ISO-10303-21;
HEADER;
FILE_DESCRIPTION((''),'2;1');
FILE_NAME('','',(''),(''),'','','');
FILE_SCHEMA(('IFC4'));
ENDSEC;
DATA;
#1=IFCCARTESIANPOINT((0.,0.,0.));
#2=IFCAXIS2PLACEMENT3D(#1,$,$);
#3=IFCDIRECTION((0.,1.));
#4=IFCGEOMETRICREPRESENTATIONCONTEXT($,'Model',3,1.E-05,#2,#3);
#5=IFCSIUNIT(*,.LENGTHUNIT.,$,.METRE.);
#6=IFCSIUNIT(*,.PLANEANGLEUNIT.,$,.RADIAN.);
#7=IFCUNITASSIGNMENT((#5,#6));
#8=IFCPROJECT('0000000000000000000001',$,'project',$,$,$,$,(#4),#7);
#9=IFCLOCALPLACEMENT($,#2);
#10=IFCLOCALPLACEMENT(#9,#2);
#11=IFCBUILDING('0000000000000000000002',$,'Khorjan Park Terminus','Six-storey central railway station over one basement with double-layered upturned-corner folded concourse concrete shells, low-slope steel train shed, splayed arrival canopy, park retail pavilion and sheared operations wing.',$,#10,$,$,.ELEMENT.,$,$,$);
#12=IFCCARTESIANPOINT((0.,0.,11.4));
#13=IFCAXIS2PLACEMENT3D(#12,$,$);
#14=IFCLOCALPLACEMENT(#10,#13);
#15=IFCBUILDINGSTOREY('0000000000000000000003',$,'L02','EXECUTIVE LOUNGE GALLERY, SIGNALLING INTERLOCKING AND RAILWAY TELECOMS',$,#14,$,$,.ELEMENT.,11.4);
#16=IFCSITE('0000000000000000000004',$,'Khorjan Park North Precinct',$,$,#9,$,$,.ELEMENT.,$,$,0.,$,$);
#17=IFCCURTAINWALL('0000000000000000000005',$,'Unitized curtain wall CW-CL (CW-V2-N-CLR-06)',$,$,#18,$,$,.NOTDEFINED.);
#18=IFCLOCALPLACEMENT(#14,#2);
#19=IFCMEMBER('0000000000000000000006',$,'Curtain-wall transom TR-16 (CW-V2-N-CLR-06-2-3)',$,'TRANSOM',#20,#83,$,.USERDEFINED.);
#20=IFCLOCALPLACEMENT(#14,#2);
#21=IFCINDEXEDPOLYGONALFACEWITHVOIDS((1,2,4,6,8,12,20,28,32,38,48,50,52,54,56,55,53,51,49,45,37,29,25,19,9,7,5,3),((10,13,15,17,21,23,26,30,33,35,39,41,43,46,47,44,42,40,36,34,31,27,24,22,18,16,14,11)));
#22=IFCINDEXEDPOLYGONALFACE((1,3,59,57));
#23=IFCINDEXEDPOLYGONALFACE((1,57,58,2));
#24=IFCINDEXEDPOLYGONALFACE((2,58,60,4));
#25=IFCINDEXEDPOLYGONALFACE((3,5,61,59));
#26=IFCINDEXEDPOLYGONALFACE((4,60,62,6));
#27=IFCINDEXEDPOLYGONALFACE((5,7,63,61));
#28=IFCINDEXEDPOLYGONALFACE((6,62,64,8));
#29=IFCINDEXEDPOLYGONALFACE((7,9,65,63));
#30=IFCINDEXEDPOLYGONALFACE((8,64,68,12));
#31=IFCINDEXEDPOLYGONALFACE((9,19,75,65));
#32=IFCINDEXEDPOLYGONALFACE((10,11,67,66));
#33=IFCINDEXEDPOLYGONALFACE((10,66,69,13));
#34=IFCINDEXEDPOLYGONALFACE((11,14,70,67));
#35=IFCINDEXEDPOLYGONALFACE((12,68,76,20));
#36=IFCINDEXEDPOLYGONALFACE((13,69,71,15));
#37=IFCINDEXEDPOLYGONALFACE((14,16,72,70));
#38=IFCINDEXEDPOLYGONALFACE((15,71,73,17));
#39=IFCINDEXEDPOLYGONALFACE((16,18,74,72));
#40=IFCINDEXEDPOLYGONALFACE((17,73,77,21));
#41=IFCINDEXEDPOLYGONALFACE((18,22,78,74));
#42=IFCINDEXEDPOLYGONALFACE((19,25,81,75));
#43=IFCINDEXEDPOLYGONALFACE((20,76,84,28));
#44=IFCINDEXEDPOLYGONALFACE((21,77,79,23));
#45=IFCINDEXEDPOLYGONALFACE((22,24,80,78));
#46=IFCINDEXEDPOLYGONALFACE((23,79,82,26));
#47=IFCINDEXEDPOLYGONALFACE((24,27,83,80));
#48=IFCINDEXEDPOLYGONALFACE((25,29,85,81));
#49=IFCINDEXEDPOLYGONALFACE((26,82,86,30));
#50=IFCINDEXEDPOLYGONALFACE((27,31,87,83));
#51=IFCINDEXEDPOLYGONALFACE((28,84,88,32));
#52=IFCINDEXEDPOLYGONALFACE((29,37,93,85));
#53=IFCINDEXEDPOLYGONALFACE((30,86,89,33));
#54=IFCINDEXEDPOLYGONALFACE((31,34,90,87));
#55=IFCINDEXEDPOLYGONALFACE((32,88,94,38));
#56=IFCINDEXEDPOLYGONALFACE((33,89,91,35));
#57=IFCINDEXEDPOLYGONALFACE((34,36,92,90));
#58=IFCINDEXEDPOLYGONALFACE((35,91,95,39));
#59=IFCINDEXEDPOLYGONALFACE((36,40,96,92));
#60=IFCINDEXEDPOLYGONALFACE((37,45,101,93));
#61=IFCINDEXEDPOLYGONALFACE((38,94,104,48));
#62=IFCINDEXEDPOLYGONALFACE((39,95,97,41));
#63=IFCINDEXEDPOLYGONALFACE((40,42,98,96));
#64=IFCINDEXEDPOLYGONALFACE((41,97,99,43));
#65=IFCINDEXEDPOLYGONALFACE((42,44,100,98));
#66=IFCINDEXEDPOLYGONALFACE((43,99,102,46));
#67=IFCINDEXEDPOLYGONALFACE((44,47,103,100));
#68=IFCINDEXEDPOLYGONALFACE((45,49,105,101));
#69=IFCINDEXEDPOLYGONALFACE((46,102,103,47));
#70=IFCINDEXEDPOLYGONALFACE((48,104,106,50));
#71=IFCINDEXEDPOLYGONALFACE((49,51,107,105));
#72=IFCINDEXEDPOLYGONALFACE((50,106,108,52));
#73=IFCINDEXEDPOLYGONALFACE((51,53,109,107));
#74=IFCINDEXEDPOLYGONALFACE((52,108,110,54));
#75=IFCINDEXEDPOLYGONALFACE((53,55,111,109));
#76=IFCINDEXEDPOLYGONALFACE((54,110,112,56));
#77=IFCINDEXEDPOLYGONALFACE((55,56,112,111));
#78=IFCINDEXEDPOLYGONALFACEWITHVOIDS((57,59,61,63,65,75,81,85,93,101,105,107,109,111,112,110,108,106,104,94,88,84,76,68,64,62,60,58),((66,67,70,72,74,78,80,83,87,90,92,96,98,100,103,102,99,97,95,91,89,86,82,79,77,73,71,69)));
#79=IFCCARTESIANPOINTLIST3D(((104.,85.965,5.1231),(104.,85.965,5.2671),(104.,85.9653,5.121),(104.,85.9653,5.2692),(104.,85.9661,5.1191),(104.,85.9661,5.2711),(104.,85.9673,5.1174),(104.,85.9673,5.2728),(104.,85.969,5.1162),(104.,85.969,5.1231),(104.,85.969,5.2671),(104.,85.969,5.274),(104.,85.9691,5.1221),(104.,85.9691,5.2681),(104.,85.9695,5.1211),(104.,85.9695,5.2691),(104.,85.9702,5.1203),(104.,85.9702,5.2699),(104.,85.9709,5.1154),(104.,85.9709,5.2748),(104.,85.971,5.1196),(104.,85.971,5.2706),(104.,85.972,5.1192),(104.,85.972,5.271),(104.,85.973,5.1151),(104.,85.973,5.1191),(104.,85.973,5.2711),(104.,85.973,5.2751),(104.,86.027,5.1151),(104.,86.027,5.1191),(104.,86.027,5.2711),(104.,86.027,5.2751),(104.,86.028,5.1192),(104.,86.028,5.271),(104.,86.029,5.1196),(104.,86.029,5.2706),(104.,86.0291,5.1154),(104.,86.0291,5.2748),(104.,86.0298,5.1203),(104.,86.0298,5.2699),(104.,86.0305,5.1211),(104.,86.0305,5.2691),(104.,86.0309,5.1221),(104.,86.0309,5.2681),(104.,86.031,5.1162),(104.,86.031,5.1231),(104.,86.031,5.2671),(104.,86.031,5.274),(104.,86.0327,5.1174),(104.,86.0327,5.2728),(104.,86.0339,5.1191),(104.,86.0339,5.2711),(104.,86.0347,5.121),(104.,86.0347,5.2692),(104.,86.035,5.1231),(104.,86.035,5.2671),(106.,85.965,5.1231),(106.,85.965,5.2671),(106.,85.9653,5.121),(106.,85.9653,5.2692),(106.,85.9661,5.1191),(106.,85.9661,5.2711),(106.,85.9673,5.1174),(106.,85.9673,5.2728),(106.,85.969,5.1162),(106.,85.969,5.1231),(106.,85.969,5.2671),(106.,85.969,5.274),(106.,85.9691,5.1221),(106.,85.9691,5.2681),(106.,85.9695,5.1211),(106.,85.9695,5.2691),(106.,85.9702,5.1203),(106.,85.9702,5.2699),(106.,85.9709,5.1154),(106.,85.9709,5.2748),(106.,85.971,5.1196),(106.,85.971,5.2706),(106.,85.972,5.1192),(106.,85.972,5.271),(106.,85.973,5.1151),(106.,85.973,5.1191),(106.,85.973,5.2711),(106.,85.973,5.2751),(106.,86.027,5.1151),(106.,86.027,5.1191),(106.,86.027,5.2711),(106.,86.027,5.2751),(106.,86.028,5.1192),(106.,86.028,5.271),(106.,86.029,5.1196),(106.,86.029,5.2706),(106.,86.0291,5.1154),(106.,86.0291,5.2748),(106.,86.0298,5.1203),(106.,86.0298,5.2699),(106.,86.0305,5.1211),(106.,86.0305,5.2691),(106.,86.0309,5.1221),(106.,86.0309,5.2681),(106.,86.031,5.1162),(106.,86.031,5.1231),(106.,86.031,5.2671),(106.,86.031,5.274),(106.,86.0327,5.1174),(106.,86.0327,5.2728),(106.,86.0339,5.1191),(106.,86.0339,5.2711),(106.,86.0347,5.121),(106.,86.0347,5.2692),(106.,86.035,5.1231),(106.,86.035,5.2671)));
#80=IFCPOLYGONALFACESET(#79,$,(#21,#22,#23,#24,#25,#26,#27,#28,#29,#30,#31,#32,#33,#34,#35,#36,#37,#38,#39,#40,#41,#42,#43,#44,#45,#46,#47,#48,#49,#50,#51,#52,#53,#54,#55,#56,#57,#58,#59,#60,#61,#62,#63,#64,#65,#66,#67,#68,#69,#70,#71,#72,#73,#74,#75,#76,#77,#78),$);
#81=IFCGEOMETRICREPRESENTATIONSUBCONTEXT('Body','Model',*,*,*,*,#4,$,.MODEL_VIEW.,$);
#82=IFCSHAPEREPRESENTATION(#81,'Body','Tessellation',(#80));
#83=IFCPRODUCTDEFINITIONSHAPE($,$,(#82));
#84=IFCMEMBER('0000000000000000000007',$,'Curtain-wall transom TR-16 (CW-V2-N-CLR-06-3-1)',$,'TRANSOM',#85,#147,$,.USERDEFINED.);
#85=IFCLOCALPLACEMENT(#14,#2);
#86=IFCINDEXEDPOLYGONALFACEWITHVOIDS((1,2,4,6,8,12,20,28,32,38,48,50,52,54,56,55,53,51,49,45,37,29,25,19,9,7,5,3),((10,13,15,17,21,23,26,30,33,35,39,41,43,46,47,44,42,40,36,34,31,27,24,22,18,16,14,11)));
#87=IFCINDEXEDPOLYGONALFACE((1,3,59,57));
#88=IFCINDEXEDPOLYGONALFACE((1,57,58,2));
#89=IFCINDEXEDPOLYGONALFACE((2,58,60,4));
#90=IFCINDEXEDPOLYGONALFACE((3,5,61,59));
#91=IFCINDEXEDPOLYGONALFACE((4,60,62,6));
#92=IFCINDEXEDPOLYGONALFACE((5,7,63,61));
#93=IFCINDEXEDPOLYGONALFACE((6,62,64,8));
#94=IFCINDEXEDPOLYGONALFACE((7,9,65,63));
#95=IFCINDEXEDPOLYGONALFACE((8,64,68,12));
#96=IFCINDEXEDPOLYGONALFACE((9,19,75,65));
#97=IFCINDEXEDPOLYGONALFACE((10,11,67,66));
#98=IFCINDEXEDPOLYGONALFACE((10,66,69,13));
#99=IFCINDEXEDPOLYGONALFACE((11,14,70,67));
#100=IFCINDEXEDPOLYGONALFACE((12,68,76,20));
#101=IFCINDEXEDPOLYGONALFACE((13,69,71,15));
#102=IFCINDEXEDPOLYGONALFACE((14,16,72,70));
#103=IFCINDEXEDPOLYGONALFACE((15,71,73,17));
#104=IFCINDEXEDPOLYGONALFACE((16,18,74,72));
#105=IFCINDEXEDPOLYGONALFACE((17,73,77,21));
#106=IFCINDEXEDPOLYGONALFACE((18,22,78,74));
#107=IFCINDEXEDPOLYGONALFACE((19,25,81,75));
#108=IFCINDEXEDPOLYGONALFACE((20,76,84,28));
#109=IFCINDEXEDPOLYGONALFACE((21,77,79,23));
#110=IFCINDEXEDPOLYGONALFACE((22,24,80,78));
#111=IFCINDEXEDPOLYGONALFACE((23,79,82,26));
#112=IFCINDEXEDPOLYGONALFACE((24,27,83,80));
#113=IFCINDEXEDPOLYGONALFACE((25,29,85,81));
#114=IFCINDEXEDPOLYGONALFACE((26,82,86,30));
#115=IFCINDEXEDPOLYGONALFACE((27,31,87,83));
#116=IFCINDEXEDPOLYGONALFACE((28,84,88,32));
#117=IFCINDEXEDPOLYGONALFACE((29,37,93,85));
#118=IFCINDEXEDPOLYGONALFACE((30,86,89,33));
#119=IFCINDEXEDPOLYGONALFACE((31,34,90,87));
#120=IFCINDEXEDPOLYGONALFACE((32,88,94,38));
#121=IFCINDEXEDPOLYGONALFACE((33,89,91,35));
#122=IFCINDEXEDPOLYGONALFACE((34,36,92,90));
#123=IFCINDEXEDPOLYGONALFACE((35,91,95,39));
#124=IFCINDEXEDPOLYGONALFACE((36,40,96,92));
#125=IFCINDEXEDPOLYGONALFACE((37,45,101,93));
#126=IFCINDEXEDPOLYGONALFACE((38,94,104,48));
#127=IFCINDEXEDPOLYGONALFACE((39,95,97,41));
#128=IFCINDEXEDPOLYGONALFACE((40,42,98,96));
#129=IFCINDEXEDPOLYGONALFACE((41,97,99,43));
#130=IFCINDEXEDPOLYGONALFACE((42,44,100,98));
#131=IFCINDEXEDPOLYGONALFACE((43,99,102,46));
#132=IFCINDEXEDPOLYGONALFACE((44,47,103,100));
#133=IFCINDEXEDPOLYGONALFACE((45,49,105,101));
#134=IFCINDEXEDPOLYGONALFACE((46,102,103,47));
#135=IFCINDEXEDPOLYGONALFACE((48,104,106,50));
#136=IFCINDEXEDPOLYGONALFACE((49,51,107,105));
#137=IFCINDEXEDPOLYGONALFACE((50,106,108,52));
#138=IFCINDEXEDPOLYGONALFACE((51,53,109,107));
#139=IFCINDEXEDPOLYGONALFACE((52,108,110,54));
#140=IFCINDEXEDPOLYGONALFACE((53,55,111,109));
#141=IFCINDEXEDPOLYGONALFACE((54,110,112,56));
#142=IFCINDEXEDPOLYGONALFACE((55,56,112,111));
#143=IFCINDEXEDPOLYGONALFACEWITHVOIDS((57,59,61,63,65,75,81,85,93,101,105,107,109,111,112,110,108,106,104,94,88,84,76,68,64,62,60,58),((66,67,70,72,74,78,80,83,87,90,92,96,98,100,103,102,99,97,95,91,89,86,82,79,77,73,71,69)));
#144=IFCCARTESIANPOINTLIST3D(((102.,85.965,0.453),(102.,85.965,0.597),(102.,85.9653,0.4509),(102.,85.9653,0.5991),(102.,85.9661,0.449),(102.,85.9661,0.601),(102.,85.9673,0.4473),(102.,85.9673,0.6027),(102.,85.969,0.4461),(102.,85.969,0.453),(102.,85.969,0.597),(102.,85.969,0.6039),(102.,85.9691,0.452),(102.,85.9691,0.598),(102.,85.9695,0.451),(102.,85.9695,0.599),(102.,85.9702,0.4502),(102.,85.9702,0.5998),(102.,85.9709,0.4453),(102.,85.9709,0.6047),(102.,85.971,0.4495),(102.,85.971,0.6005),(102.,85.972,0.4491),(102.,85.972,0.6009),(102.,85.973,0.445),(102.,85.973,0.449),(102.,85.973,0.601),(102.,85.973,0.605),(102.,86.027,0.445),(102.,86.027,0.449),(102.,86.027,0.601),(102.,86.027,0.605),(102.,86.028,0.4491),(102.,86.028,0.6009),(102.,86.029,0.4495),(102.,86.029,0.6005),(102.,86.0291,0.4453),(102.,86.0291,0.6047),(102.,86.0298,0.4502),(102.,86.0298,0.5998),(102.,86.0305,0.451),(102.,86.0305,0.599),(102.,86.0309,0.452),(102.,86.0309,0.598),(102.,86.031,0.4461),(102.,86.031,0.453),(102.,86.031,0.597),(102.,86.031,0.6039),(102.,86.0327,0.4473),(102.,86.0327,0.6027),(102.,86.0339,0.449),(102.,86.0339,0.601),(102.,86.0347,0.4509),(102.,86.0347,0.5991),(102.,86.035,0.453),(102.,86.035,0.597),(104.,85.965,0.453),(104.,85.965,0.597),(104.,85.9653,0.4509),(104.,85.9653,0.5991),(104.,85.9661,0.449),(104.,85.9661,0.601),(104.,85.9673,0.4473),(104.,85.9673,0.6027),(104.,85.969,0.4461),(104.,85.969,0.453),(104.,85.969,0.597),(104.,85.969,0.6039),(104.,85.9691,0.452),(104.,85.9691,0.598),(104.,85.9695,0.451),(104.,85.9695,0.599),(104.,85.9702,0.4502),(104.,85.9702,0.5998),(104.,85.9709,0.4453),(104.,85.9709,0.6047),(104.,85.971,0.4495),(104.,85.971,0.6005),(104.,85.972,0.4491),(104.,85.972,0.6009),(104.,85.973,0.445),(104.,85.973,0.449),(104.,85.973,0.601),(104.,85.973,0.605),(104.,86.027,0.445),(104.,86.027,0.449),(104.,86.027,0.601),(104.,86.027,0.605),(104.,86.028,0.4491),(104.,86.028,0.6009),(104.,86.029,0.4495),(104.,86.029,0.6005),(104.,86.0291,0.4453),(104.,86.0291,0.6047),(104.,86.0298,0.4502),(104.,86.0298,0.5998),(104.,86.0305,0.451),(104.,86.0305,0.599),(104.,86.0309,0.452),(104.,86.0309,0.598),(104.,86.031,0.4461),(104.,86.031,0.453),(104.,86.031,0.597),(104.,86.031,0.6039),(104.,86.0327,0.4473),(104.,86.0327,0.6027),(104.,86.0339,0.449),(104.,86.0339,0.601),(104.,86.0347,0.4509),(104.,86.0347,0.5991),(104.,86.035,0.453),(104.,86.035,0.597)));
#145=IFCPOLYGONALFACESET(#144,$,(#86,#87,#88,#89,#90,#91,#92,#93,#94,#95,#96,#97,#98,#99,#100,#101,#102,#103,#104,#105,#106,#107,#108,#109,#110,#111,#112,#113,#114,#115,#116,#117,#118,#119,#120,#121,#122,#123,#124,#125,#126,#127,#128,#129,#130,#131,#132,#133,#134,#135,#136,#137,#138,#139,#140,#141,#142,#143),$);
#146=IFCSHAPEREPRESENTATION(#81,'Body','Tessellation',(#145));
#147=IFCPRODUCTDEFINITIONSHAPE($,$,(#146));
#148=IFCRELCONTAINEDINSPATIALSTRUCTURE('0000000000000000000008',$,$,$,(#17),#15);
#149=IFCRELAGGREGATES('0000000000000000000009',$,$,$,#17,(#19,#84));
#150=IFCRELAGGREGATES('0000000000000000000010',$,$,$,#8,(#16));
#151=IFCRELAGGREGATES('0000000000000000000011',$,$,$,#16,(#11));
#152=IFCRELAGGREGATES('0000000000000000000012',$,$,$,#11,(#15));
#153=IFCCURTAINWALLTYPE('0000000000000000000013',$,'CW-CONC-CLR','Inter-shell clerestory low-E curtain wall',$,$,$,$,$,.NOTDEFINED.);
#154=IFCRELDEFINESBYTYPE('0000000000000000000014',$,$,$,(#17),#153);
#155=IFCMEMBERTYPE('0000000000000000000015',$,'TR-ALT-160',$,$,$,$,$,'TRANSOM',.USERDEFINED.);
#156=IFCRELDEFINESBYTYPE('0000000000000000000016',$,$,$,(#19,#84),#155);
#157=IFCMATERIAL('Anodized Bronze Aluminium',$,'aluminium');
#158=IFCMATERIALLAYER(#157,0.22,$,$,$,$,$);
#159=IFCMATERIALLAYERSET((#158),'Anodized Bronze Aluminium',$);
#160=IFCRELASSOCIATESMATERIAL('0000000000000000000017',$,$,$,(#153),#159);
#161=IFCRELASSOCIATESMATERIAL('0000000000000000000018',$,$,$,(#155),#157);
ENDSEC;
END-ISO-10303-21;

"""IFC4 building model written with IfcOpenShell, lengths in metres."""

from ifc_helpers import new_model, si_unit, direction, frame, origin, origin_2d, place, context, subcontext, project, spatial, hollow_rectangle, extrude, material, layer, layer_set, material_profile, profile_set, type_object, element, aggregate, save


model = new_model("IFC4")

# Units and contexts
model_context = context("Model", 3, precision=1e-05, world=origin(), true_north=direction((0.0, 1.0)))
body_context = subcontext(model_context, "Body", "Model", "MODEL_VIEW")
ifc_project = project(units=[si_unit("LENGTHUNIT", "METRE"), si_unit("PLANEANGLEUNIT", "RADIAN")], contexts=[model_context])

# Site, building, storey
site_placement = place(None, origin())
site = spatial("IfcSite", under=ifc_project, at=site_placement, Name="Khorjan Park North Precinct", CompositionType="ELEMENT", RefElevation=0.0)
building_placement = place(site_placement, origin())
building = spatial("IfcBuilding", under=site, at=building_placement, Name="Khorjan Park Terminus", Description="Six-storey central railway station over one basement with double-layered upturned-corner folded concourse concrete shells, low-slope steel train shed, splayed arrival canopy, park retail pavilion and sheared operations wing.", CompositionType="ELEMENT")
storey_placement = place(building_placement, frame((0.0, 0.0, 11.4)))
storey = spatial("IfcBuildingStorey", under=building, at=storey_placement, Name="L02", Description="EXECUTIVE LOUNGE GALLERY, SIGNALLING INTERLOCKING AND RAILWAY TELECOMS", CompositionType="ELEMENT", Elevation=11.4)

# Curtain wall, members
ifc_material_1 = material(Name="Anodized Bronze Aluminium", Category="aluminium")
ifc_layer_1 = layer(ifc_material_1, 0.22)
ifc_layer_set_1 = layer_set([ifc_layer_1], Name="Anodized Bronze Aluminium")
curtain_wall_type = type_object("IfcCurtainWallType", Name="CW-CONC-CLR", Description="Inter-shell clerestory low-E curtain wall", PredefinedType="NOTDEFINED", material=ifc_layer_set_1)
curtain_wall_placement = place(storey_placement, origin())
curtain_wall = element("IfcCurtainWall", 1, at=curtain_wall_placement, inside=storey, type_object=curtain_wall_type, Name="Unitized curtain wall CW-CL (CW-V2-N-CLR-06)", PredefinedType="NOTDEFINED")
ifc_material_profile_1 = material_profile(ifc_material_1, hollow_rectangle(XDim=0.07, YDim=0.16, WallThickness=0.004, InnerFilletRadius=0.004, OuterFilletRadius=0.008, at=origin_2d()), Name="ALT 70x160x4")
ifc_profile_set_1 = profile_set([ifc_material_profile_1], Name="Anodized Bronze Aluminium")
member_type_1 = type_object("IfcMemberType", Name="TR-ALT-160", ElementType="TRANSOM", PredefinedType="USERDEFINED", material=ifc_profile_set_1)
member_1_placement = place(storey_placement, frame((106.0, 86.0, 5.1951), z_axis=(-1.0, 0.0, 0.0), x_axis=(0.0, -1.0, 0.0)))
member_1 = element("IfcMember", 2, at=member_1_placement, type_object=member_type_1, Name="Curtain-wall transom TR-16 (CW-V2-N-CLR-06-2-3)", ObjectType="TRANSOM", PredefinedType="USERDEFINED", context=body_context, shape_type="SweptSolid", body=[
    extrude(hollow_rectangle(XDim=0.07, YDim=0.16, WallThickness=0.004, InnerFilletRadius=0.004, OuterFilletRadius=0.008, at=origin_2d()), origin(), (0.0, 0.0, 1.0), 2.0),
])
member_2_placement = place(storey_placement, frame((104.0, 86.0, 0.525), z_axis=(-1.0, 0.0, 0.0), x_axis=(0.0, -1.0, 0.0)))
member_2 = element("IfcMember", 3, at=member_2_placement, type_object=member_type_1, Name="Curtain-wall transom TR-16 (CW-V2-N-CLR-06-3-1)", ObjectType="TRANSOM", PredefinedType="USERDEFINED", context=body_context, shape_type="SweptSolid", body=[
    extrude(hollow_rectangle(XDim=0.07, YDim=0.16, WallThickness=0.004, InnerFilletRadius=0.004, OuterFilletRadius=0.008, at=origin_2d()), origin(), (0.0, 0.0, 1.0), 2.0),
])

aggregate(curtain_wall, [member_1, member_2])

save(model, "model.ifc")
